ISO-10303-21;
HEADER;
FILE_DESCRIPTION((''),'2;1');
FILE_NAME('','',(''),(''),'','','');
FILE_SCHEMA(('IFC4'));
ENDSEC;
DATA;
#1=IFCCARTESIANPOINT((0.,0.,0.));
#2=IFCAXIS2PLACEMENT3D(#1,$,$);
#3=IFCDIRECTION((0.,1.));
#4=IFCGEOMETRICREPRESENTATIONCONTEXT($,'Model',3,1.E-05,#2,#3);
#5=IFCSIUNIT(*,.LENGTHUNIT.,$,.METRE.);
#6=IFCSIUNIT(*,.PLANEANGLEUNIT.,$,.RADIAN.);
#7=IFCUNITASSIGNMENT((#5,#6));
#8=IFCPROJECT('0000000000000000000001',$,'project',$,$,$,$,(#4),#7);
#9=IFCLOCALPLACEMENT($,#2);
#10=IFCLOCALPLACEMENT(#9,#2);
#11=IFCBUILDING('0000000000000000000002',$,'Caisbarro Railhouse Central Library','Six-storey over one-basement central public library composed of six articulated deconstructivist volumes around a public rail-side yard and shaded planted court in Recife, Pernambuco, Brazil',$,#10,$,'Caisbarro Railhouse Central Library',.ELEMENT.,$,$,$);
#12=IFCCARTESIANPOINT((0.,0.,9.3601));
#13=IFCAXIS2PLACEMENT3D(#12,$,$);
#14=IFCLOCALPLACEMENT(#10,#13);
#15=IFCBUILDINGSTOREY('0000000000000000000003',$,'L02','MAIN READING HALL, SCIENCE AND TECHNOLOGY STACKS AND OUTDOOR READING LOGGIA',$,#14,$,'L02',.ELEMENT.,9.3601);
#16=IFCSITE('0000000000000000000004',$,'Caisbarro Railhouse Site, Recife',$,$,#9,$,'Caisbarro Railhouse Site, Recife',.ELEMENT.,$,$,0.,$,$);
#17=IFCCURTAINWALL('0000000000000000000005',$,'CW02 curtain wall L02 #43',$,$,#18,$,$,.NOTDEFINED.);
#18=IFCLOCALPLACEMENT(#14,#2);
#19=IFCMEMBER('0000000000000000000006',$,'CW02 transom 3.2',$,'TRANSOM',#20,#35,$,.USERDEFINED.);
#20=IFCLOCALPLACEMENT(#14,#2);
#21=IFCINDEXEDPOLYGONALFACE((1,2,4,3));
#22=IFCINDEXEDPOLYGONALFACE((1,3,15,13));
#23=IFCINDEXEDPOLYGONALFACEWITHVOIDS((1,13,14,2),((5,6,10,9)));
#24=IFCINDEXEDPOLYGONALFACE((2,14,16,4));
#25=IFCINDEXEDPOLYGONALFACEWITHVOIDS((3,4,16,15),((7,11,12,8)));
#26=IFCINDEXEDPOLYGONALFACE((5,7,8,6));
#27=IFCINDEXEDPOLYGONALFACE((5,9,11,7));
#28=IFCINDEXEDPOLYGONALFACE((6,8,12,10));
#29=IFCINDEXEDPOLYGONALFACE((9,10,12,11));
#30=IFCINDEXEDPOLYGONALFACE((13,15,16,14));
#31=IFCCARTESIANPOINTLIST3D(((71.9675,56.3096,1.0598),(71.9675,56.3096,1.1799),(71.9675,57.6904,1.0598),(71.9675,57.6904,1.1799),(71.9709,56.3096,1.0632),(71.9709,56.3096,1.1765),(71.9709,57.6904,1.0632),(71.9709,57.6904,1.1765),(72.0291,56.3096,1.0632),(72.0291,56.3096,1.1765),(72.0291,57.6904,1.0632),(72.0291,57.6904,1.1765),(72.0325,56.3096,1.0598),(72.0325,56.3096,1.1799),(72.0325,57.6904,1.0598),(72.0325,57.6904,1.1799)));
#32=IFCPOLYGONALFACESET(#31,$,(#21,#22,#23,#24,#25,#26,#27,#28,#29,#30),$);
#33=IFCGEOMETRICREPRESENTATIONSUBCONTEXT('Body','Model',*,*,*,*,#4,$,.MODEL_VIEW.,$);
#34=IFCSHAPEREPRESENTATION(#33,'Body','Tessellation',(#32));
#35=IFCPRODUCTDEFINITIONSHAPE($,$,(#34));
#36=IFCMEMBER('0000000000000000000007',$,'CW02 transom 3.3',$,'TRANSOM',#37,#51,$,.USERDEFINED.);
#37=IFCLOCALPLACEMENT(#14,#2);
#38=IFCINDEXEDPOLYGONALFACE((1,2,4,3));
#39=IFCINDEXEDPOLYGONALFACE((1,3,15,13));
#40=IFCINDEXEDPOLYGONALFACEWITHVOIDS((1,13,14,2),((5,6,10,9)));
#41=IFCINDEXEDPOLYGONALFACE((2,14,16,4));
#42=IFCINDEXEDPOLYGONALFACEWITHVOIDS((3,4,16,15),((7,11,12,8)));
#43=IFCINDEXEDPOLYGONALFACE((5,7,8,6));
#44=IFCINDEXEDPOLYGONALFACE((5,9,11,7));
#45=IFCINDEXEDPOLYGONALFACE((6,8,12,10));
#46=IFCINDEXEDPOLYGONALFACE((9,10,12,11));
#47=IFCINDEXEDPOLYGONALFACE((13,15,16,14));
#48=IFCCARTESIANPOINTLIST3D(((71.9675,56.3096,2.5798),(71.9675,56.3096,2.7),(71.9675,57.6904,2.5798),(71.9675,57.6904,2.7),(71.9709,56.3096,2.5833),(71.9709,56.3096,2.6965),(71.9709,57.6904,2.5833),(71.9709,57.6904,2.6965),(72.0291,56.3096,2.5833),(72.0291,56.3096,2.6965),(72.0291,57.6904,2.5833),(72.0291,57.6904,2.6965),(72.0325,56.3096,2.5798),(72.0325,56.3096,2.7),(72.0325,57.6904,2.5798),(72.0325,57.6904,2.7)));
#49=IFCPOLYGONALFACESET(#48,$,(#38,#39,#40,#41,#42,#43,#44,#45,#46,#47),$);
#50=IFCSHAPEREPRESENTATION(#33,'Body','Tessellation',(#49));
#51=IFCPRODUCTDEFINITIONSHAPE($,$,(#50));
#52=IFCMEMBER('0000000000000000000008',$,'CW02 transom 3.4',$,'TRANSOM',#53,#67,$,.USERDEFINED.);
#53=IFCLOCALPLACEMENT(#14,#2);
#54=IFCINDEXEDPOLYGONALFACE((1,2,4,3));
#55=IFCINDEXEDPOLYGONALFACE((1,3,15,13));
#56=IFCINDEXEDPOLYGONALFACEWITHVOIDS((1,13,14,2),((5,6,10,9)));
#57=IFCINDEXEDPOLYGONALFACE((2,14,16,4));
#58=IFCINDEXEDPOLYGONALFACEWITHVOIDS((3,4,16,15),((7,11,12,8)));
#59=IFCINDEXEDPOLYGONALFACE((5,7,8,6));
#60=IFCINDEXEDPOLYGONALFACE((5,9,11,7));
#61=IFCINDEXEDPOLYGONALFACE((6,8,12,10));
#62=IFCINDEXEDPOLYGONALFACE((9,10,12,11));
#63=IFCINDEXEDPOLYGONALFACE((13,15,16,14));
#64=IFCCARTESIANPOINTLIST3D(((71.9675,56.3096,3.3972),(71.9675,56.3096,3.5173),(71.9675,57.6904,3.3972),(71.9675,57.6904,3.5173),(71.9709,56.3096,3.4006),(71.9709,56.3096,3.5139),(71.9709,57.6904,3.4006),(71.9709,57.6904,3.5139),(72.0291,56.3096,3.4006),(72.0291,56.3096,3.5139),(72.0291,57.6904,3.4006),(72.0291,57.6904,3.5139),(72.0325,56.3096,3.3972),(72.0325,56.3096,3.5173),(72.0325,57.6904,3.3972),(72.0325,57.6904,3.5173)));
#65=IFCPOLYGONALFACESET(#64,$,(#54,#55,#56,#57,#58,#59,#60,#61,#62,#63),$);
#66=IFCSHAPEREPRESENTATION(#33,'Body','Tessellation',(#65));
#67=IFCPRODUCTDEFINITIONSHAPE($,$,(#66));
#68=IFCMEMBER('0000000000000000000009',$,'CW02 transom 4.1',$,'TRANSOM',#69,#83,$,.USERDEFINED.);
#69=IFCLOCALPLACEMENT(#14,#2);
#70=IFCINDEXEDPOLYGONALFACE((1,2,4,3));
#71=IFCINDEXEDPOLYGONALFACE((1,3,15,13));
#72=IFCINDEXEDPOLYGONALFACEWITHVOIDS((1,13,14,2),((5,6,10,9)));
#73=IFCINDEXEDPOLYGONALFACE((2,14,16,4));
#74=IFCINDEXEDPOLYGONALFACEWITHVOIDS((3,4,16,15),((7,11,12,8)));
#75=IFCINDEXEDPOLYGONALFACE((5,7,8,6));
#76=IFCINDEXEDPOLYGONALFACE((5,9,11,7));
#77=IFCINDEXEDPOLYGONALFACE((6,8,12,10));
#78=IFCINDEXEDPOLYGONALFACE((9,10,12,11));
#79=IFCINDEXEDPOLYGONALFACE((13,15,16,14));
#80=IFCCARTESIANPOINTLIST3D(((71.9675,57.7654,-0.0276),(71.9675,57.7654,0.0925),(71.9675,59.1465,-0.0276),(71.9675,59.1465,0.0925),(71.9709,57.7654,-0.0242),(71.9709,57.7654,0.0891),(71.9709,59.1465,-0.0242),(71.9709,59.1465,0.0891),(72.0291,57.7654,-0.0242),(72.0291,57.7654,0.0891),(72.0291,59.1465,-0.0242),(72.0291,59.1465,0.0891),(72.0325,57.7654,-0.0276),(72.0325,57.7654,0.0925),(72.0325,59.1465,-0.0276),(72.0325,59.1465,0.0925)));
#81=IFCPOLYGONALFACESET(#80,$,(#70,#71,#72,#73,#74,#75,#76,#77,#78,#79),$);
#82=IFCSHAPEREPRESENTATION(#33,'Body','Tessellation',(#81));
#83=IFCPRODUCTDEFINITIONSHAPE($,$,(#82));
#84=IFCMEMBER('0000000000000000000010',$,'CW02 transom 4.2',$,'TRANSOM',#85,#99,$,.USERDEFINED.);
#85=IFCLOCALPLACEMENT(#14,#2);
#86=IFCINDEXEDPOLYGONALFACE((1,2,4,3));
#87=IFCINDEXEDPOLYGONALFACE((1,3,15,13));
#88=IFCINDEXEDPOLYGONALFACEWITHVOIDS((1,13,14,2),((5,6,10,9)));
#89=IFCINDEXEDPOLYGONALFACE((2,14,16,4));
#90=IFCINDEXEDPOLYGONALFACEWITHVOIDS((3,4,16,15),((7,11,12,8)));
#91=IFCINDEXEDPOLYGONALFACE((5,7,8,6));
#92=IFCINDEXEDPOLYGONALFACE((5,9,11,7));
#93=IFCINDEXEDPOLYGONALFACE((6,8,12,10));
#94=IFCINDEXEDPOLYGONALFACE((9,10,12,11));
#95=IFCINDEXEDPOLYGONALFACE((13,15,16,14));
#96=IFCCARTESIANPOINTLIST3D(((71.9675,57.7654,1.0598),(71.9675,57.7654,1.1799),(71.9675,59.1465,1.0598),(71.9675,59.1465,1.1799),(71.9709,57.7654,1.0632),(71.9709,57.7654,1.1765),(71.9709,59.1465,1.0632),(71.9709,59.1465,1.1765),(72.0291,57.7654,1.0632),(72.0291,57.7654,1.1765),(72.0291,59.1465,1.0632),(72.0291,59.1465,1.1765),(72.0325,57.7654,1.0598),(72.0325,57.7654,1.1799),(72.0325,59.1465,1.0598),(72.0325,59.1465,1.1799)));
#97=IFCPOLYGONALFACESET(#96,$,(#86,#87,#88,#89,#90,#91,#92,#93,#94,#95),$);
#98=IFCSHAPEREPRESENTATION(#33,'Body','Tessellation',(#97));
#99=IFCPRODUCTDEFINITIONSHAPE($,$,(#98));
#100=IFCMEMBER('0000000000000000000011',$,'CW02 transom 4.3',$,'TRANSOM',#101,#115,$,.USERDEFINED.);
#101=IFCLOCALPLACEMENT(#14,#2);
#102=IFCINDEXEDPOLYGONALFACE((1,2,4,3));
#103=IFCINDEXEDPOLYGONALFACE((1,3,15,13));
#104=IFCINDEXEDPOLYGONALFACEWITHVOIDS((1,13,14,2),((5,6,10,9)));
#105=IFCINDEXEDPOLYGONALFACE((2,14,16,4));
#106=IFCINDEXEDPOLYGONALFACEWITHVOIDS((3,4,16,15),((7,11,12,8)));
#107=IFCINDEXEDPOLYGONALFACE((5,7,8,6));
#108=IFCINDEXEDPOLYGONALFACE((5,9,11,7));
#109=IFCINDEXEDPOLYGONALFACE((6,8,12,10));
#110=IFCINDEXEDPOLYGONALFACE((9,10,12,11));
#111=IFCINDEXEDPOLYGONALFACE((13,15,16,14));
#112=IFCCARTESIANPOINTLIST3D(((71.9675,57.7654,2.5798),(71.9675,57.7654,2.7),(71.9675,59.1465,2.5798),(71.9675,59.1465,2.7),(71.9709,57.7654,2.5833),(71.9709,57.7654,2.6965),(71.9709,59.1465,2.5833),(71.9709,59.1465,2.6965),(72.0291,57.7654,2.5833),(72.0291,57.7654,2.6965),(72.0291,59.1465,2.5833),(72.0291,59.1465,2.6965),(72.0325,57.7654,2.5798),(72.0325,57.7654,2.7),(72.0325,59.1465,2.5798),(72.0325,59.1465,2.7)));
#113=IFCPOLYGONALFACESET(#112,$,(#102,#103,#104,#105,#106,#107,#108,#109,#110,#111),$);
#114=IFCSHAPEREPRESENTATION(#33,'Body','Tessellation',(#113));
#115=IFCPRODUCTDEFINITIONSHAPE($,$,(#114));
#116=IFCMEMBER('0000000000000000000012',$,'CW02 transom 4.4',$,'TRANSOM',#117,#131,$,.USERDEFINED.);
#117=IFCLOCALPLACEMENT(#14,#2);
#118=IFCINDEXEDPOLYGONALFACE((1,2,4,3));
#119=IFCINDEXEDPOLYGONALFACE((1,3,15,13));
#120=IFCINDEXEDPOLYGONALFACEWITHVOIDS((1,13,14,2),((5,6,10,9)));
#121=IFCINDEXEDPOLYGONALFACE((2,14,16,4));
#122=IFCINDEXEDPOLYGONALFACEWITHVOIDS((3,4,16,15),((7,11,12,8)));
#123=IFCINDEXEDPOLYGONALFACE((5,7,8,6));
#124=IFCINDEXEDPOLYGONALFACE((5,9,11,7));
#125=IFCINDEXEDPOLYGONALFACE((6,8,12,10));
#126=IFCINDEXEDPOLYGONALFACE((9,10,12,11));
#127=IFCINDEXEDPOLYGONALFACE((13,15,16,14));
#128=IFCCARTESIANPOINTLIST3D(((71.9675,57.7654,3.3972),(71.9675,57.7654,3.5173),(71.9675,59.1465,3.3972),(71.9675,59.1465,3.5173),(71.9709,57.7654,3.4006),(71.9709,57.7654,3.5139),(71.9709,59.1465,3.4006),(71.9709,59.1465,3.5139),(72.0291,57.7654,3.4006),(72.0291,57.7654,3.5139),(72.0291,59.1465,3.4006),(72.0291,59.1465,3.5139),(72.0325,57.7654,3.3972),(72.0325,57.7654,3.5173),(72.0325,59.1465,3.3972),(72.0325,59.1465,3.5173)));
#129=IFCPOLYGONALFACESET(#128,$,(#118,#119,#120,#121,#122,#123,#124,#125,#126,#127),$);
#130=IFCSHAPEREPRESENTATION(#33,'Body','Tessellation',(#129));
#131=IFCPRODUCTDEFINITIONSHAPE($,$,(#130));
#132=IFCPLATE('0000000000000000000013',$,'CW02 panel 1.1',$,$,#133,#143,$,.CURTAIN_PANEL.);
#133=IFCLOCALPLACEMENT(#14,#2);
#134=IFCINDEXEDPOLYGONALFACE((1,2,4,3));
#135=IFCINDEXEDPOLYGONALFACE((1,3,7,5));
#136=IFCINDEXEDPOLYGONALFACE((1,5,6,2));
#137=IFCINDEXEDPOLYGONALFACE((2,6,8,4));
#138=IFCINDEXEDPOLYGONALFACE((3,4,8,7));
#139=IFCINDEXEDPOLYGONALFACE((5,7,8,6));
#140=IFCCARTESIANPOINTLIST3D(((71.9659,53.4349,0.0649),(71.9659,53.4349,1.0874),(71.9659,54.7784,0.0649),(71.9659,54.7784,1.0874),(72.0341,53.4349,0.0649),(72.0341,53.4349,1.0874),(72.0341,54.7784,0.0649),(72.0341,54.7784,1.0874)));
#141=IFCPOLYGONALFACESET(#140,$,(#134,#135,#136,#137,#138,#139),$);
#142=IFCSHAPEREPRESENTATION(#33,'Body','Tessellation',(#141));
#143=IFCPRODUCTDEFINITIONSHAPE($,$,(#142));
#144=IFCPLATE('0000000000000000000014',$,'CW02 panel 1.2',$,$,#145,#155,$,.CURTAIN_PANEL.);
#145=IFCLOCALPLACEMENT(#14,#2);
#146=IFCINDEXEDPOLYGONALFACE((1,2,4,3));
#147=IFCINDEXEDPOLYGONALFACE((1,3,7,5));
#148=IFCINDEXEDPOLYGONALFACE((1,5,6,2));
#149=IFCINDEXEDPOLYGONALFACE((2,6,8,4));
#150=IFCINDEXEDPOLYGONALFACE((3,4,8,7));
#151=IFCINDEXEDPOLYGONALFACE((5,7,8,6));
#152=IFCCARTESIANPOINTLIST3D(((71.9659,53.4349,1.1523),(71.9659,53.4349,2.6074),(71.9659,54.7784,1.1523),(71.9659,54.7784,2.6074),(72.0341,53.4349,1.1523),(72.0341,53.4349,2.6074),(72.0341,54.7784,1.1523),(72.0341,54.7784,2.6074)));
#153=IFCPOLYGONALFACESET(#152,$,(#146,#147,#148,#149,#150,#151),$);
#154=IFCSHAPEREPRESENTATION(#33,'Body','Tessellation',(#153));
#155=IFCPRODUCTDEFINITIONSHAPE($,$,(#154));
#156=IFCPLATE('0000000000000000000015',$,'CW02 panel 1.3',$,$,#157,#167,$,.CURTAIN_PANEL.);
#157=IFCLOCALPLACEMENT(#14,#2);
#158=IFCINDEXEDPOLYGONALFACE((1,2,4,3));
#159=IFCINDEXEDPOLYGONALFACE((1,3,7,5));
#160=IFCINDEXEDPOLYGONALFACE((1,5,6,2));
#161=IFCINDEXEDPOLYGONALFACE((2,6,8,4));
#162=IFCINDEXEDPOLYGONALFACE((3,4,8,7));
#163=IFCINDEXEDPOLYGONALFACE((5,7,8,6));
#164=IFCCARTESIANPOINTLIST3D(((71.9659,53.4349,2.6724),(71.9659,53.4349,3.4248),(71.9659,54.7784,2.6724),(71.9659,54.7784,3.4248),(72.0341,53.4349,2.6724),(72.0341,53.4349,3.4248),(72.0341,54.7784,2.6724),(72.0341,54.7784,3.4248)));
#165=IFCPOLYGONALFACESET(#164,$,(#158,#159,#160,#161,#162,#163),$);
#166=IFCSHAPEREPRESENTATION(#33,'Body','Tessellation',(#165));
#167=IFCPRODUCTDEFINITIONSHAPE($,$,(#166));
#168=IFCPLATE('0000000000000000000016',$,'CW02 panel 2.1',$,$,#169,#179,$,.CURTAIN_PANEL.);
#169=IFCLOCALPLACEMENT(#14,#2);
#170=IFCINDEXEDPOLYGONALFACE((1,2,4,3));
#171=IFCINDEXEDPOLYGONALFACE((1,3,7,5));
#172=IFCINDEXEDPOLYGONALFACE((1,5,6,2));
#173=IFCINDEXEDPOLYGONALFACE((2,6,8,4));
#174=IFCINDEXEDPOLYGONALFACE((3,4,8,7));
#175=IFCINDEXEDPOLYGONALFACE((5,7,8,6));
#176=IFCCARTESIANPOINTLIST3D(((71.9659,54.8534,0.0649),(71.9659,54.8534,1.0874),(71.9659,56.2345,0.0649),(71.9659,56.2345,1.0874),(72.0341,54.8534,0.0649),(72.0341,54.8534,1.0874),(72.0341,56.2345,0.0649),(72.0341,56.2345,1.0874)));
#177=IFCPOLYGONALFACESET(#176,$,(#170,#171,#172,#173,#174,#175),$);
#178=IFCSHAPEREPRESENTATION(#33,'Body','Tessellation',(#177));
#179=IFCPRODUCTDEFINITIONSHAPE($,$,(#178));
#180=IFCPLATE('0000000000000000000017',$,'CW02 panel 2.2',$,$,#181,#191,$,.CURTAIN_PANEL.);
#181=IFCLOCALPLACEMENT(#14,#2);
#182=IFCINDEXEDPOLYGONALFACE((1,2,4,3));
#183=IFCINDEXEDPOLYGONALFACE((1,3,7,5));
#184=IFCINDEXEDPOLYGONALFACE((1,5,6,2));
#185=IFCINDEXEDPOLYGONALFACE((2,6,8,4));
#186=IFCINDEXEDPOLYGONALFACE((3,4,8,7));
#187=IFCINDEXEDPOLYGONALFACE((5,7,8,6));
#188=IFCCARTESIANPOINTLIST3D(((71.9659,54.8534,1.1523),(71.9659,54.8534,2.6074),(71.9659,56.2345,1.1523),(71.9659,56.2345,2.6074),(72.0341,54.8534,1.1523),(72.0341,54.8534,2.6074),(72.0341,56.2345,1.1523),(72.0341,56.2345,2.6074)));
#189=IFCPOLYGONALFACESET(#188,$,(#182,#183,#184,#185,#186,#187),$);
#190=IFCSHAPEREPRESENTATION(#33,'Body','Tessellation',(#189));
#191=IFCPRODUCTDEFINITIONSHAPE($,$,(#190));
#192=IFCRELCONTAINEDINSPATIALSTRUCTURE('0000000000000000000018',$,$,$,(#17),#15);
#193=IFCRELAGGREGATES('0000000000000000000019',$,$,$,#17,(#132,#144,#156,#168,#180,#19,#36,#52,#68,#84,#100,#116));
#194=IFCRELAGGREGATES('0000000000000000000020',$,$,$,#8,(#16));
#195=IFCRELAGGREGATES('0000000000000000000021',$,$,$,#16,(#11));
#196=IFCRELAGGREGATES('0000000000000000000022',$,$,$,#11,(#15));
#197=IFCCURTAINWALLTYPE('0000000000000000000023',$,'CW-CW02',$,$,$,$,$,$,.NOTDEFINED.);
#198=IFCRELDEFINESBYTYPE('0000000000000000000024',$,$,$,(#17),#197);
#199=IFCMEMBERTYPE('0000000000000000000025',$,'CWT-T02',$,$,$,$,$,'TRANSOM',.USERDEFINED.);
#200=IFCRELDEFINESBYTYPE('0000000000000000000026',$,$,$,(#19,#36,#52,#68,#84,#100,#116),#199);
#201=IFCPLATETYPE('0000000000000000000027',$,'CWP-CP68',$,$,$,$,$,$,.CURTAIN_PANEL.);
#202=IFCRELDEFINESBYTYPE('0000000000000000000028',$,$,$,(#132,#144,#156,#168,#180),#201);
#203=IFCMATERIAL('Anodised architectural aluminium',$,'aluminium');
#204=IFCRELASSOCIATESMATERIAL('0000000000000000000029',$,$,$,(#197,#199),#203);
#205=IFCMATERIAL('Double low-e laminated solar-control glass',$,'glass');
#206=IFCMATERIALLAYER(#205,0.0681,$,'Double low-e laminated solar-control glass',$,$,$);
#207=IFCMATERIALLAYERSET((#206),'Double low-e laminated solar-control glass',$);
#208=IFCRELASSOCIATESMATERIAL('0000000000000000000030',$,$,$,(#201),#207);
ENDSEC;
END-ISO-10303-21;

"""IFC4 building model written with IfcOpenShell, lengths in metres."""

from ifc_helpers import new_model, si_unit, direction, frame, origin, origin_2d, place, context, subcontext, project, spatial, rectangle, hollow_rectangle, extrude, material, layer, layer_set, material_profile, profile_set, type_object, element, aggregate, save


model = new_model("IFC4")

# Units and contexts
model_context = context("Model", 3, precision=1e-05, world=origin(), true_north=direction((0.0, 1.0)))
body_context = subcontext(model_context, "Body", "Model", "MODEL_VIEW")
ifc_project = project(units=[si_unit("LENGTHUNIT", "METRE"), si_unit("PLANEANGLEUNIT", "RADIAN")], contexts=[model_context])

# Site, building, storey
site_placement = place(None, origin())
site = spatial("IfcSite", under=ifc_project, at=site_placement, Name="Caisbarro Railhouse Site, Recife", LongName="Caisbarro Railhouse Site, Recife", CompositionType="ELEMENT", RefElevation=0.0)
building_placement = place(site_placement, origin())
building = spatial("IfcBuilding", under=site, at=building_placement, Name="Caisbarro Railhouse Central Library", Description="Six-storey over one-basement central public library composed of six articulated deconstructivist volumes around a public rail-side yard and shaded planted court in Recife, Pernambuco, Brazil", LongName="Caisbarro Railhouse Central Library", CompositionType="ELEMENT")
storey_placement = place(building_placement, frame((0.0, 0.0, 9.3601)))
storey = spatial("IfcBuildingStorey", under=building, at=storey_placement, Name="L02", Description="MAIN READING HALL, SCIENCE AND TECHNOLOGY STACKS AND OUTDOOR READING LOGGIA", LongName="L02", CompositionType="ELEMENT", Elevation=9.3601)

# Curtain wall, members, plates
ifc_material_1 = material(Name="Anodised architectural aluminium", Category="aluminium")
curtain_wall_type = type_object("IfcCurtainWallType", Name="CW-CW02", PredefinedType="NOTDEFINED", material=ifc_material_1)
curtain_wall_placement = place(storey_placement, origin())
curtain_wall = element("IfcCurtainWall", 1, at=curtain_wall_placement, inside=storey, type_object=curtain_wall_type, Name="CW02 curtain wall L02 #43", PredefinedType="NOTDEFINED")
ifc_material_profile_1 = material_profile(ifc_material_1, hollow_rectangle(XDim=0.0649, YDim=0.1201, WallThickness=0.0034, at=origin_2d()), Name="ALU-TRN-65X120")
ifc_profile_set_1 = profile_set([ifc_material_profile_1], Name="Anodised architectural aluminium")
member_type_1 = type_object("IfcMemberType", Name="CWT-T02", ElementType="TRANSOM", PredefinedType="USERDEFINED", material=ifc_profile_set_1)
member_1_placement = place(storey_placement, frame((72.0, 56.3096, 1.1199), z_axis=(0.0, 1.0, 0.0), x_axis=(-1.0, 0.0, 0.0)))
member_1 = element("IfcMember", 2, at=member_1_placement, type_object=member_type_1, Name="CW02 transom 3.2", ObjectType="TRANSOM", PredefinedType="USERDEFINED", context=body_context, shape_type="SweptSolid", body=[
    extrude(hollow_rectangle(XDim=0.0649, YDim=0.1201, WallThickness=0.0034, at=origin_2d()), origin(), (0.0, 0.0, 1.0), 1.3809),
])
member_2_placement = place(storey_placement, frame((72.0, 56.3096, 2.6399), z_axis=(0.0, 1.0, 0.0), x_axis=(-1.0, 0.0, 0.0)))
member_2 = element("IfcMember", 3, at=member_2_placement, type_object=member_type_1, Name="CW02 transom 3.3", ObjectType="TRANSOM", PredefinedType="USERDEFINED", context=body_context, shape_type="SweptSolid", body=[
    extrude(hollow_rectangle(XDim=0.0649, YDim=0.1201, WallThickness=0.0034, at=origin_2d()), origin(), (0.0, 0.0, 1.0), 1.3809),
])
member_3_placement = place(storey_placement, frame((72.0, 56.3096, 3.4573), z_axis=(0.0, 1.0, 0.0), x_axis=(-1.0, 0.0, 0.0)))
member_3 = element("IfcMember", 4, at=member_3_placement, type_object=member_type_1, Name="CW02 transom 3.4", ObjectType="TRANSOM", PredefinedType="USERDEFINED", context=body_context, shape_type="SweptSolid", body=[
    extrude(hollow_rectangle(XDim=0.0649, YDim=0.1201, WallThickness=0.0034, at=origin_2d()), origin(), (0.0, 0.0, 1.0), 1.3809),
])
member_4_placement = place(storey_placement, frame((72.0, 57.7654, 0.0325), z_axis=(0.0, 1.0, 0.0), x_axis=(-1.0, 0.0, 0.0)))
member_4 = element("IfcMember", 5, at=member_4_placement, type_object=member_type_1, Name="CW02 transom 4.1", ObjectType="TRANSOM", PredefinedType="USERDEFINED", context=body_context, shape_type="SweptSolid", body=[
    extrude(hollow_rectangle(XDim=0.0649, YDim=0.1201, WallThickness=0.0034, at=origin_2d()), origin(), (0.0, 0.0, 1.0), 1.3811),
])
member_5_placement = place(storey_placement, frame((72.0, 57.7654, 1.1199), z_axis=(0.0, 1.0, 0.0), x_axis=(-1.0, 0.0, 0.0)))
member_5 = element("IfcMember", 6, at=member_5_placement, type_object=member_type_1, Name="CW02 transom 4.2", ObjectType="TRANSOM", PredefinedType="USERDEFINED", context=body_context, shape_type="SweptSolid", body=[
    extrude(hollow_rectangle(XDim=0.0649, YDim=0.1201, WallThickness=0.0034, at=origin_2d()), origin(), (0.0, 0.0, 1.0), 1.3811),
])
member_6_placement = place(storey_placement, frame((72.0, 57.7654, 2.6399), z_axis=(0.0, 1.0, 0.0), x_axis=(-1.0, 0.0, 0.0)))
member_6 = element("IfcMember", 7, at=member_6_placement, type_object=member_type_1, Name="CW02 transom 4.3", ObjectType="TRANSOM", PredefinedType="USERDEFINED", context=body_context, shape_type="SweptSolid", body=[
    extrude(hollow_rectangle(XDim=0.0649, YDim=0.1201, WallThickness=0.0034, at=origin_2d()), origin(), (0.0, 0.0, 1.0), 1.3811),
])
member_7_placement = place(storey_placement, frame((72.0, 57.7654, 3.4573), z_axis=(0.0, 1.0, 0.0), x_axis=(-1.0, 0.0, 0.0)))
member_7 = element("IfcMember", 8, at=member_7_placement, type_object=member_type_1, Name="CW02 transom 4.4", ObjectType="TRANSOM", PredefinedType="USERDEFINED", context=body_context, shape_type="SweptSolid", body=[
    extrude(hollow_rectangle(XDim=0.0649, YDim=0.1201, WallThickness=0.0034, at=origin_2d()), origin(), (0.0, 0.0, 1.0), 1.3811),
])
ifc_material_2 = material(Name="Double low-e laminated solar-control glass", Category="glass")
ifc_layer = layer(ifc_material_2, 0.0681, Name="Double low-e laminated solar-control glass")
ifc_layer_set = layer_set([ifc_layer], Name="Double low-e laminated solar-control glass")
plate_type = type_object("IfcPlateType", Name="CWP-CP68", PredefinedType="CURTAIN_PANEL", material=ifc_layer_set)
plate_1_placement = place(storey_placement, frame((72.0, 54.1067, 0.0649), z_axis=(0.0, 0.0, 1.0), x_axis=(0.0, 1.0, 0.0)))
plate_1 = element("IfcPlate", 9, at=plate_1_placement, type_object=plate_type, Name="CW02 panel 1.1", PredefinedType="CURTAIN_PANEL", context=body_context, shape_type="SweptSolid", body=[
    extrude(rectangle(XDim=1.3435, YDim=0.0681, at=origin_2d()), origin(), (0.0, 0.0, 1.0), 1.0225),
])
plate_2_placement = place(storey_placement, frame((72.0, 54.1067, 1.1523), z_axis=(0.0, 0.0, 1.0), x_axis=(0.0, 1.0, 0.0)))
plate_2 = element("IfcPlate", 10, at=plate_2_placement, type_object=plate_type, Name="CW02 panel 1.2", PredefinedType="CURTAIN_PANEL", context=body_context, shape_type="SweptSolid", body=[
    extrude(rectangle(XDim=1.3435, YDim=0.0681, at=origin_2d()), origin(), (0.0, 0.0, 1.0), 1.4551),
])
plate_3_placement = place(storey_placement, frame((72.0, 54.1067, 2.6724), z_axis=(0.0, 0.0, 1.0), x_axis=(0.0, 1.0, 0.0)))
plate_3 = element("IfcPlate", 11, at=plate_3_placement, type_object=plate_type, Name="CW02 panel 1.3", PredefinedType="CURTAIN_PANEL", context=body_context, shape_type="SweptSolid", body=[
    extrude(rectangle(XDim=1.3435, YDim=0.0681, at=origin_2d()), origin(), (0.0, 0.0, 1.0), 0.7524),
])
plate_4_placement = place(storey_placement, frame((72.0, 55.5439, 0.0649), z_axis=(0.0, 0.0, 1.0), x_axis=(0.0, 1.0, 0.0)))
plate_4 = element("IfcPlate", 12, at=plate_4_placement, type_object=plate_type, Name="CW02 panel 2.1", PredefinedType="CURTAIN_PANEL", context=body_context, shape_type="SweptSolid", body=[
    extrude(rectangle(XDim=1.3811, YDim=0.0681, at=origin_2d()), origin(), (0.0, 0.0, 1.0), 1.0225),
])
plate_5_placement = place(storey_placement, frame((72.0, 55.5439, 1.1523), z_axis=(0.0, 0.0, 1.0), x_axis=(0.0, 1.0, 0.0)))
plate_5 = element("IfcPlate", 13, at=plate_5_placement, type_object=plate_type, Name="CW02 panel 2.2", PredefinedType="CURTAIN_PANEL", context=body_context, shape_type="SweptSolid", body=[
    extrude(rectangle(XDim=1.3811, YDim=0.0681, at=origin_2d()), origin(), (0.0, 0.0, 1.0), 1.4551),
])
aggregate(curtain_wall, [plate_1, plate_2, plate_3, plate_4, plate_5, member_1, member_2, member_3, member_4, member_5, member_6, member_7])

save(model, "model.ifc")
